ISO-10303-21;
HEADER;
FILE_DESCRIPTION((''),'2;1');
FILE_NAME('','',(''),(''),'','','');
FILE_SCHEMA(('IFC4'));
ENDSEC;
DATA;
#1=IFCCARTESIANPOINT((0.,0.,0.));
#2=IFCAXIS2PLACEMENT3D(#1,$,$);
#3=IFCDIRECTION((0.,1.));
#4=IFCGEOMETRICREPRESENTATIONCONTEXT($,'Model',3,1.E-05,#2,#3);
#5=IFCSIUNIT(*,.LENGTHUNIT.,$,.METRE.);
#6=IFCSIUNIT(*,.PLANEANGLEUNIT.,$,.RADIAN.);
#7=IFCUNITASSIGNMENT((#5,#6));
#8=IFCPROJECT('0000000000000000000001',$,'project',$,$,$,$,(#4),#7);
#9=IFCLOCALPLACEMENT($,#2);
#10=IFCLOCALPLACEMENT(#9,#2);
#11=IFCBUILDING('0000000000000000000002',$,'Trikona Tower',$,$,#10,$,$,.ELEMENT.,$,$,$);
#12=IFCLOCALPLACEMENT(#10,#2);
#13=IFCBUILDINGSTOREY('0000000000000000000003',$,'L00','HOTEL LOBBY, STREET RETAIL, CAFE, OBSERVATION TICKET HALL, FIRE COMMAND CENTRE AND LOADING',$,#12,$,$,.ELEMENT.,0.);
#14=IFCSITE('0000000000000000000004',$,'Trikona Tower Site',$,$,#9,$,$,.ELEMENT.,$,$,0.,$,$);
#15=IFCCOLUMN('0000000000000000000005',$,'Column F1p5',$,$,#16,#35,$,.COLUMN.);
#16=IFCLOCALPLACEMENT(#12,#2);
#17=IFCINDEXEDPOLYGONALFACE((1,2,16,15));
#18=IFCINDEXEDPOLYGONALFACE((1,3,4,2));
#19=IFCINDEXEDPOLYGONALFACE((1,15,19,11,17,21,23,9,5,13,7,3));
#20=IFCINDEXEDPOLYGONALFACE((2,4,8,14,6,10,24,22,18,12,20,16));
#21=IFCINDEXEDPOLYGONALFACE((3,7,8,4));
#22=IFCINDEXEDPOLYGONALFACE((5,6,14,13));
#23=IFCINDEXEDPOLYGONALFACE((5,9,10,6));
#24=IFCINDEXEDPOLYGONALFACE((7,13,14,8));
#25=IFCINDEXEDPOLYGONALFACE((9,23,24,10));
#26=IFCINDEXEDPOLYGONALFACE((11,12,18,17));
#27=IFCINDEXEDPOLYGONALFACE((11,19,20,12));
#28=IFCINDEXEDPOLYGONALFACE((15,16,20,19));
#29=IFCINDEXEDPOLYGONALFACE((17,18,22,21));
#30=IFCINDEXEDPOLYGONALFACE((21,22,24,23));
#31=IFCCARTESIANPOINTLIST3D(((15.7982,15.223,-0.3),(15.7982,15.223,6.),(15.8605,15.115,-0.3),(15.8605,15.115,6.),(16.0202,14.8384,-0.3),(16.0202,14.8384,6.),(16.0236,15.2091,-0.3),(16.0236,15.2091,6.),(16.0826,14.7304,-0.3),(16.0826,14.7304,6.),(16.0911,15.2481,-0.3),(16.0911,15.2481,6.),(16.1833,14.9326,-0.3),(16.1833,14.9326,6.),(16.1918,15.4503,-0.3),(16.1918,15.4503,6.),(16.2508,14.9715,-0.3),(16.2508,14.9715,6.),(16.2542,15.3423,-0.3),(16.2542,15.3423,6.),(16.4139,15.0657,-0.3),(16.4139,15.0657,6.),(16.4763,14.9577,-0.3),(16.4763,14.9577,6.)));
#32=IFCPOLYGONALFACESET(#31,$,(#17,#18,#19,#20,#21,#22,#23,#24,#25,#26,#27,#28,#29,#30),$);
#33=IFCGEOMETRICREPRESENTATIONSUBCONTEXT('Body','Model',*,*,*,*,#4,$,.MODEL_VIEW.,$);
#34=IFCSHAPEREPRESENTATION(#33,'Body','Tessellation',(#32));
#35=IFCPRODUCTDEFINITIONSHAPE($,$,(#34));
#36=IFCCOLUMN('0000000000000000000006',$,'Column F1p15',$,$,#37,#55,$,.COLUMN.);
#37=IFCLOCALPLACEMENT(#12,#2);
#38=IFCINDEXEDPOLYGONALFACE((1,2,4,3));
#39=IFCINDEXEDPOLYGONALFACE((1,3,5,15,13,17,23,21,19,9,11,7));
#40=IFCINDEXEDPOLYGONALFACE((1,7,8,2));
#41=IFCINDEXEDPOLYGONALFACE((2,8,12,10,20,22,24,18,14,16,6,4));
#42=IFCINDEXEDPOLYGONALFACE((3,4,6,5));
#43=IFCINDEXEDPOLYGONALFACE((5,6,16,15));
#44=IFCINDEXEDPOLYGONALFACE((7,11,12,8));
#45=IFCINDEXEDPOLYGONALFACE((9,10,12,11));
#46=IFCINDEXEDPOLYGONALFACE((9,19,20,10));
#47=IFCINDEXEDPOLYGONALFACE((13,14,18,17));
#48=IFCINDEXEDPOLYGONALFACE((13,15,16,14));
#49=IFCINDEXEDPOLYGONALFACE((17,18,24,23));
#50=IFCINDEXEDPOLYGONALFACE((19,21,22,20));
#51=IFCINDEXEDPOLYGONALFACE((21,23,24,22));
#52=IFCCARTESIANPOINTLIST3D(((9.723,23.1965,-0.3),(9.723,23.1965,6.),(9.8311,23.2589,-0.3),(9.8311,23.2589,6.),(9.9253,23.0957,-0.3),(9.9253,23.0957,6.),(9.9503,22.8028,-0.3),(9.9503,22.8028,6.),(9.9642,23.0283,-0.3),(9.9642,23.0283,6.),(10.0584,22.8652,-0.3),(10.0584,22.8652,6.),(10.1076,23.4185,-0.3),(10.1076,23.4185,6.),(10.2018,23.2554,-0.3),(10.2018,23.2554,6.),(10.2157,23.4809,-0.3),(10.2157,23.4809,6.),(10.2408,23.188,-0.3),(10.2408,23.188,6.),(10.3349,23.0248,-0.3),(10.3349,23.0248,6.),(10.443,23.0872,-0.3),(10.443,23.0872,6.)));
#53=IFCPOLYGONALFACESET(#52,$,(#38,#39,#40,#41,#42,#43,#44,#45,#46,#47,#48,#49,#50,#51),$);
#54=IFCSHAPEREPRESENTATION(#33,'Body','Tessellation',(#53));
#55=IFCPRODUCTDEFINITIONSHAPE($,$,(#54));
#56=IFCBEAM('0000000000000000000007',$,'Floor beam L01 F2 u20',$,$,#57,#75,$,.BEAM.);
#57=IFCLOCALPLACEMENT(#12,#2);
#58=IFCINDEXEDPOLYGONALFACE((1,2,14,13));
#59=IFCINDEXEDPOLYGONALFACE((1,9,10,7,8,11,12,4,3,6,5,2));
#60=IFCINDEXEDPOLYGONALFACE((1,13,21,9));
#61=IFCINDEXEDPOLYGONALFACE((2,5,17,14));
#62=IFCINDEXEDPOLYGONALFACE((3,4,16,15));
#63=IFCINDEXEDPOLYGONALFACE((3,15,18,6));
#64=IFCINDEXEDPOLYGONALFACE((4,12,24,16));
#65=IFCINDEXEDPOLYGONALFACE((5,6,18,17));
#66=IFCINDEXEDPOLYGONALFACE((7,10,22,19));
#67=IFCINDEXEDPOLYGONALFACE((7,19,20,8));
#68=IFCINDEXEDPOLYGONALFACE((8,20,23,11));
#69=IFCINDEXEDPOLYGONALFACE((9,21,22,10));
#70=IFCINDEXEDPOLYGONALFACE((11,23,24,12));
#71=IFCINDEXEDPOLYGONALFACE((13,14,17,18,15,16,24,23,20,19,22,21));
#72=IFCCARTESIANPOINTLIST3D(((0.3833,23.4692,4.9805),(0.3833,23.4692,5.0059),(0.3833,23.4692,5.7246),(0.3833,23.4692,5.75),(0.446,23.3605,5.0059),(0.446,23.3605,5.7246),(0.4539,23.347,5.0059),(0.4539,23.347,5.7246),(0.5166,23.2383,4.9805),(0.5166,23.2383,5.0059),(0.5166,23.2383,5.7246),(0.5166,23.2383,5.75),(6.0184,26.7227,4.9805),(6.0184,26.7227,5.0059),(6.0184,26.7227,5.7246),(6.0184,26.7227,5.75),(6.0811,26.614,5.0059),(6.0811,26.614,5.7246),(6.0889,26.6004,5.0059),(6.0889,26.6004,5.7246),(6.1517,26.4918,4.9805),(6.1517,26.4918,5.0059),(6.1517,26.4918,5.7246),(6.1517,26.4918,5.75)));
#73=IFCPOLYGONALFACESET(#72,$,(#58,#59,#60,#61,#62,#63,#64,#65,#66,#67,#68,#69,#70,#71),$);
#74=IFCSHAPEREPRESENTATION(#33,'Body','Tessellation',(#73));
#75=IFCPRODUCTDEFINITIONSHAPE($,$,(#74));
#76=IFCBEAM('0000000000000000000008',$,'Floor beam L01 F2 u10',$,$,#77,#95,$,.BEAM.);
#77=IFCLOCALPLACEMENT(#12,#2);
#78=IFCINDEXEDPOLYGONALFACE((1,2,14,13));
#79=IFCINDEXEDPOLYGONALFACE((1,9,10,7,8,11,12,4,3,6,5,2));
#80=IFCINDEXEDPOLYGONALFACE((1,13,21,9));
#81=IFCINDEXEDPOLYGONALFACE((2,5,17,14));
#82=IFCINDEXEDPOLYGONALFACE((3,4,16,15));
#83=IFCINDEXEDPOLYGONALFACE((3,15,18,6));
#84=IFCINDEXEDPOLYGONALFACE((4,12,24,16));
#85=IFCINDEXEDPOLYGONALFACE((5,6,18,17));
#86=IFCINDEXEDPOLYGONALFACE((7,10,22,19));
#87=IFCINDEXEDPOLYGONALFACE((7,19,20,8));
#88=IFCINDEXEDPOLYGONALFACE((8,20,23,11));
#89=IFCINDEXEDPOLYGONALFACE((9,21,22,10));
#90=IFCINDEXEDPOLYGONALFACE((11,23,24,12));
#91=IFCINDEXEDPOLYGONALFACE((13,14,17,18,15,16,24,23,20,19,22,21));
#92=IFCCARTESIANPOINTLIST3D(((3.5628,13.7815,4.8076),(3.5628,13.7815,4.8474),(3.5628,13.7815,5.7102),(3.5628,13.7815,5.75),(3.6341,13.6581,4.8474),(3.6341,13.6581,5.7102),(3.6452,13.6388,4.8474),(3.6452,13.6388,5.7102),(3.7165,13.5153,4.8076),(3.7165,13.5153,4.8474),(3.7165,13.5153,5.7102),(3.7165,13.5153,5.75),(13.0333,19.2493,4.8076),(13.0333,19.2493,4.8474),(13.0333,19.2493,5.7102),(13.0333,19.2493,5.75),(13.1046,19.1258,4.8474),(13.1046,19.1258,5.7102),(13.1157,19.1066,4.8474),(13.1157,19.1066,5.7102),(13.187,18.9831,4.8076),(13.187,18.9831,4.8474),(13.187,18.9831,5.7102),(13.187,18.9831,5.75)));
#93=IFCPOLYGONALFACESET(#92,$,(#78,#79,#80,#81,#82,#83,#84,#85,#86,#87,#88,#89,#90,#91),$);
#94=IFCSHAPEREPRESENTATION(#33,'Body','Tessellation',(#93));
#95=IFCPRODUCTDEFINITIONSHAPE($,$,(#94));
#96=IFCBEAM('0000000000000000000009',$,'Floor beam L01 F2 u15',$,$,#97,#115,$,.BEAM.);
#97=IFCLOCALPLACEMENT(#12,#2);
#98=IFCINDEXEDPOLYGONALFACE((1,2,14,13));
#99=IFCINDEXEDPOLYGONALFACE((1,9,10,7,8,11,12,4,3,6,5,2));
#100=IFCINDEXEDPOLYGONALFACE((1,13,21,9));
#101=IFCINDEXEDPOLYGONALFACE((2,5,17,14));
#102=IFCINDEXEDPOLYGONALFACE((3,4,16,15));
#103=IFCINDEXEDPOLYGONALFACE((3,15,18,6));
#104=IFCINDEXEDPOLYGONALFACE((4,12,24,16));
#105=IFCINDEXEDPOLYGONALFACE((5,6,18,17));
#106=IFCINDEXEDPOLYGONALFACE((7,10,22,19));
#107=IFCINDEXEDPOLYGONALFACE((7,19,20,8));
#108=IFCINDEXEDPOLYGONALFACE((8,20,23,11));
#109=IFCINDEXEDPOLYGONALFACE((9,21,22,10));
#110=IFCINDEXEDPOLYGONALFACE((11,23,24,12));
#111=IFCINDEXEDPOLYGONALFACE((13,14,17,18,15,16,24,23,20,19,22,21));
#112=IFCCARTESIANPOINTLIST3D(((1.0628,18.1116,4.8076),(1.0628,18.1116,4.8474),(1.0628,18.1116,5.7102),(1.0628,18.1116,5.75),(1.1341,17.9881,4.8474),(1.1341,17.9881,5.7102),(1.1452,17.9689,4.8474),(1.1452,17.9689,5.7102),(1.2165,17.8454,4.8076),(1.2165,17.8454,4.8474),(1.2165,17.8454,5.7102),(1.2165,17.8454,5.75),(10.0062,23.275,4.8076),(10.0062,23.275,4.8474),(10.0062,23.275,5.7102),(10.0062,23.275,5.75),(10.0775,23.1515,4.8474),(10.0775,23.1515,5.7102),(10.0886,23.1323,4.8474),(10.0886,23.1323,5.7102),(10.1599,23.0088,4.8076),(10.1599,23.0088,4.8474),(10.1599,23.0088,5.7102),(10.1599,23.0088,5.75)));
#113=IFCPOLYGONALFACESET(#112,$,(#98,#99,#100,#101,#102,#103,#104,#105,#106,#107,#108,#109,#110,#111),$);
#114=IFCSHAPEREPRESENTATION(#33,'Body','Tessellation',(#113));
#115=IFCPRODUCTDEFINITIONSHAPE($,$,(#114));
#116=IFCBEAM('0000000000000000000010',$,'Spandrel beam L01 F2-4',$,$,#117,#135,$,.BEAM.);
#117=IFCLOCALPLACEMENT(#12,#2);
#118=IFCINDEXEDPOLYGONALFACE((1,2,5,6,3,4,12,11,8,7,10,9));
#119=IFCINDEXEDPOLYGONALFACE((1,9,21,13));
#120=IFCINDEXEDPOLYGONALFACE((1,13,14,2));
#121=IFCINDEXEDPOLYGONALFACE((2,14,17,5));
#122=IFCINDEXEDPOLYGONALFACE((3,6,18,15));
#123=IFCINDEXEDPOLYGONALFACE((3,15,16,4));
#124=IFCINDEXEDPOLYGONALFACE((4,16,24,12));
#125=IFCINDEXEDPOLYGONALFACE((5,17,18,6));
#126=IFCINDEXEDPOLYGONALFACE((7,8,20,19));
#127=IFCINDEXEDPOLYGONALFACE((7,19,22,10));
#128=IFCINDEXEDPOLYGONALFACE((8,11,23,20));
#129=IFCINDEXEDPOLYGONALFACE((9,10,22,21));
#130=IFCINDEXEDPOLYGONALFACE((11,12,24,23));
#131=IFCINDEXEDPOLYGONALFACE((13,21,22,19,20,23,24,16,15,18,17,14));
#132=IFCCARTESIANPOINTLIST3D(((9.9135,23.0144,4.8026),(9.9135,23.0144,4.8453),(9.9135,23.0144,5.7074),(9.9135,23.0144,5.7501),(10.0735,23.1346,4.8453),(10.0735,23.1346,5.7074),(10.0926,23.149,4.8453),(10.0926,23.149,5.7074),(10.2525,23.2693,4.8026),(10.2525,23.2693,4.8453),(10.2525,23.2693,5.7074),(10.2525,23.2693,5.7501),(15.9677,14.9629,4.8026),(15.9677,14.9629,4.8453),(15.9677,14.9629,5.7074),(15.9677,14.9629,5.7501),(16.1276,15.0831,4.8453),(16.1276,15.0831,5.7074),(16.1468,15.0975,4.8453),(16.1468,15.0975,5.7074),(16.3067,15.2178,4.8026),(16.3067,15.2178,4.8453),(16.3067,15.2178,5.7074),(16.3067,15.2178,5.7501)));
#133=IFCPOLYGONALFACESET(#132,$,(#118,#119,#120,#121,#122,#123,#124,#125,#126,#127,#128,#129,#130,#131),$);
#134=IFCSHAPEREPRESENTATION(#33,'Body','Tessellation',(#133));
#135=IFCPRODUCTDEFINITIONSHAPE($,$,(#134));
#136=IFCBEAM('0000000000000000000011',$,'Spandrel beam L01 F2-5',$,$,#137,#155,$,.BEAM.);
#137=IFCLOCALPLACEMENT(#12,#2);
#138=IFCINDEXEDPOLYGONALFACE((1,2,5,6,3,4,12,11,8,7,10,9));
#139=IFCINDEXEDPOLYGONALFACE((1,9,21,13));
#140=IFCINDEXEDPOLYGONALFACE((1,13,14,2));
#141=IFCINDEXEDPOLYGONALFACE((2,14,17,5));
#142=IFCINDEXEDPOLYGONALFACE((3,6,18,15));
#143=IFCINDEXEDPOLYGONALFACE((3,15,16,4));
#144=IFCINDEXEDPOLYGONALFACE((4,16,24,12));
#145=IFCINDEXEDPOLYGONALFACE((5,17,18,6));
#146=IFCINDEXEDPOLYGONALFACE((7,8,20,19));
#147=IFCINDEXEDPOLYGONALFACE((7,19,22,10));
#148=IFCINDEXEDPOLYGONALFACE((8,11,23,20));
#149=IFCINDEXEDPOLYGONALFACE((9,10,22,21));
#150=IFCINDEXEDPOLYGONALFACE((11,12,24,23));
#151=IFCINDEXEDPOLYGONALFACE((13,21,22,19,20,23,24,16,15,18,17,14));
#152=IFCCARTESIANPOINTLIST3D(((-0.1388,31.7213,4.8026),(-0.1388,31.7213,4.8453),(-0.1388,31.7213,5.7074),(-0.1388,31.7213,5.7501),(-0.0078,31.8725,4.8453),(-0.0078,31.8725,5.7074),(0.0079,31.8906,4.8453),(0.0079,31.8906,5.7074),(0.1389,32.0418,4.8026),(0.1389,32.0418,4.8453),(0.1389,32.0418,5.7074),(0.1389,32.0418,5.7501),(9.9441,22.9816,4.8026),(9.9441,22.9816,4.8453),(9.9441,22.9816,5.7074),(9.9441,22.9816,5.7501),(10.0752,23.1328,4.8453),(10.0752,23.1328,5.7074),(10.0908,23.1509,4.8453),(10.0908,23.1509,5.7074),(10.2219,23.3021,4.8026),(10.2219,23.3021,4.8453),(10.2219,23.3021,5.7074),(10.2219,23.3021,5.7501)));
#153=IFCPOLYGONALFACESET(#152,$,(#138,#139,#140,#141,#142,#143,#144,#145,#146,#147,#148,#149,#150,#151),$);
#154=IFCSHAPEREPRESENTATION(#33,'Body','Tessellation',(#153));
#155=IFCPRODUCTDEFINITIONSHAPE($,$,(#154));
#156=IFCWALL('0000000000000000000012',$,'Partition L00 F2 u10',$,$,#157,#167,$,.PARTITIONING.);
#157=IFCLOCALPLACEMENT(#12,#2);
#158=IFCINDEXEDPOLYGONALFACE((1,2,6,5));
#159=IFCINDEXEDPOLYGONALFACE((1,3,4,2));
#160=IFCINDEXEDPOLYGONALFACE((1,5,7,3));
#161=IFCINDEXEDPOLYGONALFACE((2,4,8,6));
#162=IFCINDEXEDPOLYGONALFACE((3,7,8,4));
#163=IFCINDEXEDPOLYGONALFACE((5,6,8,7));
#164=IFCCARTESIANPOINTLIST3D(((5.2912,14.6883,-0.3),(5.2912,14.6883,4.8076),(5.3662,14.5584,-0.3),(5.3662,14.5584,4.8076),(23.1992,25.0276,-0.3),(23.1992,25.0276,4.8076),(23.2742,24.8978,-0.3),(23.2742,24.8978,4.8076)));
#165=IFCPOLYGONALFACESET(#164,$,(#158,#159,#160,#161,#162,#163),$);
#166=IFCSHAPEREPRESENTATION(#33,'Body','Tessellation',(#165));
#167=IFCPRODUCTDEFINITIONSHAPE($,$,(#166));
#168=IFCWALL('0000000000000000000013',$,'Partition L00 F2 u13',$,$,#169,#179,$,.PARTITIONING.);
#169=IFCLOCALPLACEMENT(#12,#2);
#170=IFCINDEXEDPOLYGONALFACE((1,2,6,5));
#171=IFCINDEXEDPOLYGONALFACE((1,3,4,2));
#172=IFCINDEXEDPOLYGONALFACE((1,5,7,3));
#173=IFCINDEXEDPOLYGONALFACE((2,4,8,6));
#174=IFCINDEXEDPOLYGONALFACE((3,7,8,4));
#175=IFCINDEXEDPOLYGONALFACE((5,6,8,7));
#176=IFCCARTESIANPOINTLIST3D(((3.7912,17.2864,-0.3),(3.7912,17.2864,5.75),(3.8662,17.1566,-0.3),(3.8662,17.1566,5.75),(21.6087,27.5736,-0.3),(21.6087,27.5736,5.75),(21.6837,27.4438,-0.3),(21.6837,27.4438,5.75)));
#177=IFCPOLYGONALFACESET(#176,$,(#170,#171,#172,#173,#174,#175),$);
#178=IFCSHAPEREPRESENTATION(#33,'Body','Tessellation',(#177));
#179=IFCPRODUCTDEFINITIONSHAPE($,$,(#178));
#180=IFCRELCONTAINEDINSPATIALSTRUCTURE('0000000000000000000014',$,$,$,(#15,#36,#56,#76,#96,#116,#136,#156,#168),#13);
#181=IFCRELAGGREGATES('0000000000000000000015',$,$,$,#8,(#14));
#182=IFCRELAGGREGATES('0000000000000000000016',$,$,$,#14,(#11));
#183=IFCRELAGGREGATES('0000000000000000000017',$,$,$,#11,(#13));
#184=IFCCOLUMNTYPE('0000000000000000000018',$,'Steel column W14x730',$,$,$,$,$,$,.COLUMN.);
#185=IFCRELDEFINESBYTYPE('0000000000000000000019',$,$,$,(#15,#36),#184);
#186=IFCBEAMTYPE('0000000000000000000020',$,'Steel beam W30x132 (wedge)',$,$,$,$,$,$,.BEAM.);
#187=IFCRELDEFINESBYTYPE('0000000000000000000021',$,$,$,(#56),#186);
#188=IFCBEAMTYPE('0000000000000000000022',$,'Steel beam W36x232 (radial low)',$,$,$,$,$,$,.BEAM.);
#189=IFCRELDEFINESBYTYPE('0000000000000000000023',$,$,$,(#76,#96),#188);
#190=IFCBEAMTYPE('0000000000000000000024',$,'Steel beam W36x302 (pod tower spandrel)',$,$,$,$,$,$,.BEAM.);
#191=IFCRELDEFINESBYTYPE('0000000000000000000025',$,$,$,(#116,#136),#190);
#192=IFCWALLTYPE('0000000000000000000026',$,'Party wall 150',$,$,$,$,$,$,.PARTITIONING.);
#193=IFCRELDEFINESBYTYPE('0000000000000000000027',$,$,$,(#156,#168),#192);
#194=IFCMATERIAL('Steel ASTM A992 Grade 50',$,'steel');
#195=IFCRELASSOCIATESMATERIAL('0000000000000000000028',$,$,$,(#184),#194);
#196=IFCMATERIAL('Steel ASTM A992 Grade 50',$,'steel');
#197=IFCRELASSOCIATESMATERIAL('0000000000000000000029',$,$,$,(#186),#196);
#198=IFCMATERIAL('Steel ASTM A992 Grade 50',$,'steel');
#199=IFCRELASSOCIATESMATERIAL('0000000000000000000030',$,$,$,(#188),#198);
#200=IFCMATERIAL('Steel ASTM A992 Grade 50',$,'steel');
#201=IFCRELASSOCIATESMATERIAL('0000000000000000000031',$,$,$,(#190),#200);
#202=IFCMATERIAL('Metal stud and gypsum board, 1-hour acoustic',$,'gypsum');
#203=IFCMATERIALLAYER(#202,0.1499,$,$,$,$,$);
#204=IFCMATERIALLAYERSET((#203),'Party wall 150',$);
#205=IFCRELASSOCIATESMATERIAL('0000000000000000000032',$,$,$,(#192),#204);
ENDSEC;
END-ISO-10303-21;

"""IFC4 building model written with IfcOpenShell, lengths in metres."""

from ifc_helpers import new_model, si_unit, direction, frame, frame_2d, origin, origin_2d, place, context, subcontext, project, spatial, rectangle, i_section, extrude, material, layer, layer_set, material_profile, profile_set, type_object, element, save


model = new_model("IFC4")

# Units and contexts
model_context = context("Model", 3, precision=1e-05, world=origin(), true_north=direction((0.0, 1.0)))
body_context = subcontext(model_context, "Body", "Model", "MODEL_VIEW")
ifc_project = project(units=[si_unit("LENGTHUNIT", "METRE"), si_unit("PLANEANGLEUNIT", "RADIAN")], contexts=[model_context])

# Site, building, storey
site_placement = place(None, origin())
site = spatial("IfcSite", under=ifc_project, at=site_placement, Name="Trikona Tower Site", CompositionType="ELEMENT", RefElevation=0.0)
building_placement = place(site_placement, origin())
building = spatial("IfcBuilding", under=site, at=building_placement, Name="Trikona Tower", CompositionType="ELEMENT")
storey_placement = place(building_placement, origin())
storey = spatial("IfcBuildingStorey", under=building, at=storey_placement, Name="L00", Description="HOTEL LOBBY, STREET RETAIL, CAFE, OBSERVATION TICKET HALL, FIRE COMMAND CENTRE AND LOADING", CompositionType="ELEMENT", Elevation=0.0)

# Columns
ifc_material_1 = material(Name="Steel ASTM A992 Grade 50", Category="steel")
ifc_material_profile_1 = material_profile(ifc_material_1, i_section(OverallWidth=0.4546, OverallDepth=0.5688, WebThickness=0.0779, FlangeThickness=0.1248, at=origin_2d()), Name="W14X730")
ifc_profile_set_1 = profile_set([ifc_material_profile_1], Name="Steel ASTM A992 Grade 50")
column_type = type_object("IfcColumnType", Name="Steel column W14x730", PredefinedType="COLUMN", material=ifc_profile_set_1)
for number, where, z_axis, x_axis, name in (
    (1, (16.1372, 15.0903, -0.3), (0.0, 0.0, 1.0), (0.866025, 0.5, 0.0), "Column F1p5"),
    (2, (10.083, 23.1418, -0.3), (0.0, 0.0, 1.0), (-0.5, 0.866025, 0.0), "Column F1p15"),
):
    element("IfcColumn", number, at=place(storey_placement, frame(where, z_axis=z_axis, x_axis=x_axis)), inside=storey, type_object=column_type, Name=name, PredefinedType="COLUMN", context=body_context, shape_type="SweptSolid", body=[
        extrude(i_section(OverallWidth=0.4546, OverallDepth=0.5688, WebThickness=0.0779, FlangeThickness=0.1248, at=origin_2d()), origin(), (0.0, 0.0, 1.0), 6.3),
    ])

# Beams
ifc_material_2 = material(Name="Steel ASTM A992 Grade 50", Category="steel")
ifc_material_profile_2 = material_profile(ifc_material_2, i_section(OverallWidth=0.2666, OverallDepth=0.7695, WebThickness=0.0156, FlangeThickness=0.0254, at=origin_2d()), Name="W30X132")
ifc_profile_set_2 = profile_set([ifc_material_profile_2], Name="Steel ASTM A992 Grade 50")
beam_type_1 = type_object("IfcBeamType", Name="Steel beam W30x132 (wedge)", PredefinedType="BEAM", material=ifc_profile_set_2)
beam_1_placement = place(storey_placement, frame((0.45, 23.3538, 5.3652), z_axis=(0.866023, 0.500005, 0.0), x_axis=(-0.500005, 0.866023, 0.0)))
element("IfcBeam", 3, at=beam_1_placement, inside=storey, type_object=beam_type_1, Name="Floor beam L01 F2 u20", PredefinedType="BEAM", context=body_context, shape_type="SweptSolid", body=[
    extrude(i_section(OverallWidth=0.2666, OverallDepth=0.7695, WebThickness=0.0156, FlangeThickness=0.0254, at=origin_2d()), origin(), (0.0, 0.0, 1.0), 6.5068),
])
ifc_material_3 = material(Name="Steel ASTM A992 Grade 50", Category="steel")
ifc_material_profile_3 = material_profile(ifc_material_3, i_section(OverallWidth=0.3074, OverallDepth=0.9424, WebThickness=0.0222, FlangeThickness=0.0398, at=origin_2d()), Name="W36X232")
ifc_profile_set_3 = profile_set([ifc_material_profile_3], Name="Steel ASTM A992 Grade 50")
beam_type_2 = type_object("IfcBeamType", Name="Steel beam W36x232 (radial low)", PredefinedType="BEAM", material=ifc_profile_set_3)
beam_2_placement = place(storey_placement, frame((3.6396, 13.6484, 5.2788), z_axis=(0.866025, 0.5, 0.0), x_axis=(-0.5, 0.866025, 0.0)))
element("IfcBeam", 4, at=beam_2_placement, inside=storey, type_object=beam_type_2, Name="Floor beam L01 F2 u10", PredefinedType="BEAM", context=body_context, shape_type="SweptSolid", body=[
    extrude(i_section(OverallWidth=0.3074, OverallDepth=0.9424, WebThickness=0.0222, FlangeThickness=0.0398, at=origin_2d()), origin(), (0.0, 0.0, 1.0), 10.9355),
])
beam_3_placement = place(storey_placement, frame((1.1396, 17.9785, 5.2788), z_axis=(0.86603, 0.499991, 0.0), x_axis=(-0.499991, 0.86603, 0.0)))
element("IfcBeam", 5, at=beam_3_placement, inside=storey, type_object=beam_type_2, Name="Floor beam L01 F2 u15", PredefinedType="BEAM", context=body_context, shape_type="SweptSolid", body=[
    extrude(i_section(OverallWidth=0.3074, OverallDepth=0.9424, WebThickness=0.0222, FlangeThickness=0.0398, at=origin_2d()), origin(), (0.0, 0.0, 1.0), 10.3269),
])
ifc_material_4 = material(Name="Steel ASTM A992 Grade 50", Category="steel")
ifc_material_profile_4 = material_profile(ifc_material_4, i_section(OverallWidth=0.4241, OverallDepth=0.9475, WebThickness=0.0239, FlangeThickness=0.0427, at=origin_2d()), Name="W36X302")
ifc_profile_set_4 = profile_set([ifc_material_profile_4], Name="Steel ASTM A992 Grade 50")
beam_type_3 = type_object("IfcBeamType", Name="Steel beam W36x302 (pod tower spandrel)", PredefinedType="BEAM", material=ifc_profile_set_4)
beam_4_placement = place(storey_placement, frame((16.1372, 15.0903, 5.2764), z_axis=(-0.600988, 0.799258, 0.0), x_axis=(-0.799258, -0.600988, 0.0)))
element("IfcBeam", 6, at=beam_4_placement, inside=storey, type_object=beam_type_3, Name="Spandrel beam L01 F2-4", PredefinedType="BEAM", context=body_context, shape_type="SweptSolid", body=[
    extrude(i_section(OverallWidth=0.4241, OverallDepth=0.9475, WebThickness=0.0239, FlangeThickness=0.0427, at=origin_2d()), origin(), (0.0, 0.0, 1.0), 10.0737),
])
beam_5_placement = place(storey_placement, frame((10.083, 23.1418, 5.2764), z_axis=(-0.755647, 0.654979, 0.0), x_axis=(-0.654979, -0.755647, 0.0)))
element("IfcBeam", 7, at=beam_5_placement, inside=storey, type_object=beam_type_3, Name="Spandrel beam L01 F2-5", PredefinedType="BEAM", context=body_context, shape_type="SweptSolid", body=[
    extrude(i_section(OverallWidth=0.4241, OverallDepth=0.9475, WebThickness=0.0239, FlangeThickness=0.0427, at=origin_2d()), origin(), (0.0, 0.0, 1.0), 13.3435),
])

# Walls
ifc_material_5 = material(Name="Metal stud and gypsum board, 1-hour acoustic", Category="gypsum")
ifc_layer_1 = layer(ifc_material_5, 0.1499)
ifc_layer_set_1 = layer_set([ifc_layer_1], Name="Party wall 150")
wall_type_1 = type_object("IfcWallType", Name="Party wall 150", PredefinedType="PARTITIONING", material=ifc_layer_set_1)
wall_1_placement = place(storey_placement, frame((5.3286, 14.6233, -0.3), z_axis=(0.0, 0.0, 1.0), x_axis=(0.866021, 0.500007, 0.0)))
element("IfcWall", 8, at=wall_1_placement, inside=storey, type_object=wall_type_1, Name="Partition L00 F2 u10", PredefinedType="PARTITIONING", context=body_context, shape_type="SweptSolid", body=[
    extrude(rectangle(XDim=20.6785, YDim=0.1499, at=frame_2d((10.3394, 0.0))), origin(), (0.0, 0.0, 1.0), 5.1077),
])
wall_2_placement = place(storey_placement, frame((3.8286, 17.2214, -0.3), z_axis=(0.0, 0.0, 1.0), x_axis=(0.86602, 0.500009, 0.0)))
element("IfcWall", 9, at=wall_2_placement, inside=storey, type_object=wall_type_1, Name="Partition L00 F2 u13", PredefinedType="PARTITIONING", context=body_context, shape_type="SweptSolid", body=[
    extrude(rectangle(XDim=20.574, YDim=0.1499, at=frame_2d((10.2871, 0.0))), origin(), (0.0, 0.0, 1.0), 6.05),
])

save(model, "model.ifc")
